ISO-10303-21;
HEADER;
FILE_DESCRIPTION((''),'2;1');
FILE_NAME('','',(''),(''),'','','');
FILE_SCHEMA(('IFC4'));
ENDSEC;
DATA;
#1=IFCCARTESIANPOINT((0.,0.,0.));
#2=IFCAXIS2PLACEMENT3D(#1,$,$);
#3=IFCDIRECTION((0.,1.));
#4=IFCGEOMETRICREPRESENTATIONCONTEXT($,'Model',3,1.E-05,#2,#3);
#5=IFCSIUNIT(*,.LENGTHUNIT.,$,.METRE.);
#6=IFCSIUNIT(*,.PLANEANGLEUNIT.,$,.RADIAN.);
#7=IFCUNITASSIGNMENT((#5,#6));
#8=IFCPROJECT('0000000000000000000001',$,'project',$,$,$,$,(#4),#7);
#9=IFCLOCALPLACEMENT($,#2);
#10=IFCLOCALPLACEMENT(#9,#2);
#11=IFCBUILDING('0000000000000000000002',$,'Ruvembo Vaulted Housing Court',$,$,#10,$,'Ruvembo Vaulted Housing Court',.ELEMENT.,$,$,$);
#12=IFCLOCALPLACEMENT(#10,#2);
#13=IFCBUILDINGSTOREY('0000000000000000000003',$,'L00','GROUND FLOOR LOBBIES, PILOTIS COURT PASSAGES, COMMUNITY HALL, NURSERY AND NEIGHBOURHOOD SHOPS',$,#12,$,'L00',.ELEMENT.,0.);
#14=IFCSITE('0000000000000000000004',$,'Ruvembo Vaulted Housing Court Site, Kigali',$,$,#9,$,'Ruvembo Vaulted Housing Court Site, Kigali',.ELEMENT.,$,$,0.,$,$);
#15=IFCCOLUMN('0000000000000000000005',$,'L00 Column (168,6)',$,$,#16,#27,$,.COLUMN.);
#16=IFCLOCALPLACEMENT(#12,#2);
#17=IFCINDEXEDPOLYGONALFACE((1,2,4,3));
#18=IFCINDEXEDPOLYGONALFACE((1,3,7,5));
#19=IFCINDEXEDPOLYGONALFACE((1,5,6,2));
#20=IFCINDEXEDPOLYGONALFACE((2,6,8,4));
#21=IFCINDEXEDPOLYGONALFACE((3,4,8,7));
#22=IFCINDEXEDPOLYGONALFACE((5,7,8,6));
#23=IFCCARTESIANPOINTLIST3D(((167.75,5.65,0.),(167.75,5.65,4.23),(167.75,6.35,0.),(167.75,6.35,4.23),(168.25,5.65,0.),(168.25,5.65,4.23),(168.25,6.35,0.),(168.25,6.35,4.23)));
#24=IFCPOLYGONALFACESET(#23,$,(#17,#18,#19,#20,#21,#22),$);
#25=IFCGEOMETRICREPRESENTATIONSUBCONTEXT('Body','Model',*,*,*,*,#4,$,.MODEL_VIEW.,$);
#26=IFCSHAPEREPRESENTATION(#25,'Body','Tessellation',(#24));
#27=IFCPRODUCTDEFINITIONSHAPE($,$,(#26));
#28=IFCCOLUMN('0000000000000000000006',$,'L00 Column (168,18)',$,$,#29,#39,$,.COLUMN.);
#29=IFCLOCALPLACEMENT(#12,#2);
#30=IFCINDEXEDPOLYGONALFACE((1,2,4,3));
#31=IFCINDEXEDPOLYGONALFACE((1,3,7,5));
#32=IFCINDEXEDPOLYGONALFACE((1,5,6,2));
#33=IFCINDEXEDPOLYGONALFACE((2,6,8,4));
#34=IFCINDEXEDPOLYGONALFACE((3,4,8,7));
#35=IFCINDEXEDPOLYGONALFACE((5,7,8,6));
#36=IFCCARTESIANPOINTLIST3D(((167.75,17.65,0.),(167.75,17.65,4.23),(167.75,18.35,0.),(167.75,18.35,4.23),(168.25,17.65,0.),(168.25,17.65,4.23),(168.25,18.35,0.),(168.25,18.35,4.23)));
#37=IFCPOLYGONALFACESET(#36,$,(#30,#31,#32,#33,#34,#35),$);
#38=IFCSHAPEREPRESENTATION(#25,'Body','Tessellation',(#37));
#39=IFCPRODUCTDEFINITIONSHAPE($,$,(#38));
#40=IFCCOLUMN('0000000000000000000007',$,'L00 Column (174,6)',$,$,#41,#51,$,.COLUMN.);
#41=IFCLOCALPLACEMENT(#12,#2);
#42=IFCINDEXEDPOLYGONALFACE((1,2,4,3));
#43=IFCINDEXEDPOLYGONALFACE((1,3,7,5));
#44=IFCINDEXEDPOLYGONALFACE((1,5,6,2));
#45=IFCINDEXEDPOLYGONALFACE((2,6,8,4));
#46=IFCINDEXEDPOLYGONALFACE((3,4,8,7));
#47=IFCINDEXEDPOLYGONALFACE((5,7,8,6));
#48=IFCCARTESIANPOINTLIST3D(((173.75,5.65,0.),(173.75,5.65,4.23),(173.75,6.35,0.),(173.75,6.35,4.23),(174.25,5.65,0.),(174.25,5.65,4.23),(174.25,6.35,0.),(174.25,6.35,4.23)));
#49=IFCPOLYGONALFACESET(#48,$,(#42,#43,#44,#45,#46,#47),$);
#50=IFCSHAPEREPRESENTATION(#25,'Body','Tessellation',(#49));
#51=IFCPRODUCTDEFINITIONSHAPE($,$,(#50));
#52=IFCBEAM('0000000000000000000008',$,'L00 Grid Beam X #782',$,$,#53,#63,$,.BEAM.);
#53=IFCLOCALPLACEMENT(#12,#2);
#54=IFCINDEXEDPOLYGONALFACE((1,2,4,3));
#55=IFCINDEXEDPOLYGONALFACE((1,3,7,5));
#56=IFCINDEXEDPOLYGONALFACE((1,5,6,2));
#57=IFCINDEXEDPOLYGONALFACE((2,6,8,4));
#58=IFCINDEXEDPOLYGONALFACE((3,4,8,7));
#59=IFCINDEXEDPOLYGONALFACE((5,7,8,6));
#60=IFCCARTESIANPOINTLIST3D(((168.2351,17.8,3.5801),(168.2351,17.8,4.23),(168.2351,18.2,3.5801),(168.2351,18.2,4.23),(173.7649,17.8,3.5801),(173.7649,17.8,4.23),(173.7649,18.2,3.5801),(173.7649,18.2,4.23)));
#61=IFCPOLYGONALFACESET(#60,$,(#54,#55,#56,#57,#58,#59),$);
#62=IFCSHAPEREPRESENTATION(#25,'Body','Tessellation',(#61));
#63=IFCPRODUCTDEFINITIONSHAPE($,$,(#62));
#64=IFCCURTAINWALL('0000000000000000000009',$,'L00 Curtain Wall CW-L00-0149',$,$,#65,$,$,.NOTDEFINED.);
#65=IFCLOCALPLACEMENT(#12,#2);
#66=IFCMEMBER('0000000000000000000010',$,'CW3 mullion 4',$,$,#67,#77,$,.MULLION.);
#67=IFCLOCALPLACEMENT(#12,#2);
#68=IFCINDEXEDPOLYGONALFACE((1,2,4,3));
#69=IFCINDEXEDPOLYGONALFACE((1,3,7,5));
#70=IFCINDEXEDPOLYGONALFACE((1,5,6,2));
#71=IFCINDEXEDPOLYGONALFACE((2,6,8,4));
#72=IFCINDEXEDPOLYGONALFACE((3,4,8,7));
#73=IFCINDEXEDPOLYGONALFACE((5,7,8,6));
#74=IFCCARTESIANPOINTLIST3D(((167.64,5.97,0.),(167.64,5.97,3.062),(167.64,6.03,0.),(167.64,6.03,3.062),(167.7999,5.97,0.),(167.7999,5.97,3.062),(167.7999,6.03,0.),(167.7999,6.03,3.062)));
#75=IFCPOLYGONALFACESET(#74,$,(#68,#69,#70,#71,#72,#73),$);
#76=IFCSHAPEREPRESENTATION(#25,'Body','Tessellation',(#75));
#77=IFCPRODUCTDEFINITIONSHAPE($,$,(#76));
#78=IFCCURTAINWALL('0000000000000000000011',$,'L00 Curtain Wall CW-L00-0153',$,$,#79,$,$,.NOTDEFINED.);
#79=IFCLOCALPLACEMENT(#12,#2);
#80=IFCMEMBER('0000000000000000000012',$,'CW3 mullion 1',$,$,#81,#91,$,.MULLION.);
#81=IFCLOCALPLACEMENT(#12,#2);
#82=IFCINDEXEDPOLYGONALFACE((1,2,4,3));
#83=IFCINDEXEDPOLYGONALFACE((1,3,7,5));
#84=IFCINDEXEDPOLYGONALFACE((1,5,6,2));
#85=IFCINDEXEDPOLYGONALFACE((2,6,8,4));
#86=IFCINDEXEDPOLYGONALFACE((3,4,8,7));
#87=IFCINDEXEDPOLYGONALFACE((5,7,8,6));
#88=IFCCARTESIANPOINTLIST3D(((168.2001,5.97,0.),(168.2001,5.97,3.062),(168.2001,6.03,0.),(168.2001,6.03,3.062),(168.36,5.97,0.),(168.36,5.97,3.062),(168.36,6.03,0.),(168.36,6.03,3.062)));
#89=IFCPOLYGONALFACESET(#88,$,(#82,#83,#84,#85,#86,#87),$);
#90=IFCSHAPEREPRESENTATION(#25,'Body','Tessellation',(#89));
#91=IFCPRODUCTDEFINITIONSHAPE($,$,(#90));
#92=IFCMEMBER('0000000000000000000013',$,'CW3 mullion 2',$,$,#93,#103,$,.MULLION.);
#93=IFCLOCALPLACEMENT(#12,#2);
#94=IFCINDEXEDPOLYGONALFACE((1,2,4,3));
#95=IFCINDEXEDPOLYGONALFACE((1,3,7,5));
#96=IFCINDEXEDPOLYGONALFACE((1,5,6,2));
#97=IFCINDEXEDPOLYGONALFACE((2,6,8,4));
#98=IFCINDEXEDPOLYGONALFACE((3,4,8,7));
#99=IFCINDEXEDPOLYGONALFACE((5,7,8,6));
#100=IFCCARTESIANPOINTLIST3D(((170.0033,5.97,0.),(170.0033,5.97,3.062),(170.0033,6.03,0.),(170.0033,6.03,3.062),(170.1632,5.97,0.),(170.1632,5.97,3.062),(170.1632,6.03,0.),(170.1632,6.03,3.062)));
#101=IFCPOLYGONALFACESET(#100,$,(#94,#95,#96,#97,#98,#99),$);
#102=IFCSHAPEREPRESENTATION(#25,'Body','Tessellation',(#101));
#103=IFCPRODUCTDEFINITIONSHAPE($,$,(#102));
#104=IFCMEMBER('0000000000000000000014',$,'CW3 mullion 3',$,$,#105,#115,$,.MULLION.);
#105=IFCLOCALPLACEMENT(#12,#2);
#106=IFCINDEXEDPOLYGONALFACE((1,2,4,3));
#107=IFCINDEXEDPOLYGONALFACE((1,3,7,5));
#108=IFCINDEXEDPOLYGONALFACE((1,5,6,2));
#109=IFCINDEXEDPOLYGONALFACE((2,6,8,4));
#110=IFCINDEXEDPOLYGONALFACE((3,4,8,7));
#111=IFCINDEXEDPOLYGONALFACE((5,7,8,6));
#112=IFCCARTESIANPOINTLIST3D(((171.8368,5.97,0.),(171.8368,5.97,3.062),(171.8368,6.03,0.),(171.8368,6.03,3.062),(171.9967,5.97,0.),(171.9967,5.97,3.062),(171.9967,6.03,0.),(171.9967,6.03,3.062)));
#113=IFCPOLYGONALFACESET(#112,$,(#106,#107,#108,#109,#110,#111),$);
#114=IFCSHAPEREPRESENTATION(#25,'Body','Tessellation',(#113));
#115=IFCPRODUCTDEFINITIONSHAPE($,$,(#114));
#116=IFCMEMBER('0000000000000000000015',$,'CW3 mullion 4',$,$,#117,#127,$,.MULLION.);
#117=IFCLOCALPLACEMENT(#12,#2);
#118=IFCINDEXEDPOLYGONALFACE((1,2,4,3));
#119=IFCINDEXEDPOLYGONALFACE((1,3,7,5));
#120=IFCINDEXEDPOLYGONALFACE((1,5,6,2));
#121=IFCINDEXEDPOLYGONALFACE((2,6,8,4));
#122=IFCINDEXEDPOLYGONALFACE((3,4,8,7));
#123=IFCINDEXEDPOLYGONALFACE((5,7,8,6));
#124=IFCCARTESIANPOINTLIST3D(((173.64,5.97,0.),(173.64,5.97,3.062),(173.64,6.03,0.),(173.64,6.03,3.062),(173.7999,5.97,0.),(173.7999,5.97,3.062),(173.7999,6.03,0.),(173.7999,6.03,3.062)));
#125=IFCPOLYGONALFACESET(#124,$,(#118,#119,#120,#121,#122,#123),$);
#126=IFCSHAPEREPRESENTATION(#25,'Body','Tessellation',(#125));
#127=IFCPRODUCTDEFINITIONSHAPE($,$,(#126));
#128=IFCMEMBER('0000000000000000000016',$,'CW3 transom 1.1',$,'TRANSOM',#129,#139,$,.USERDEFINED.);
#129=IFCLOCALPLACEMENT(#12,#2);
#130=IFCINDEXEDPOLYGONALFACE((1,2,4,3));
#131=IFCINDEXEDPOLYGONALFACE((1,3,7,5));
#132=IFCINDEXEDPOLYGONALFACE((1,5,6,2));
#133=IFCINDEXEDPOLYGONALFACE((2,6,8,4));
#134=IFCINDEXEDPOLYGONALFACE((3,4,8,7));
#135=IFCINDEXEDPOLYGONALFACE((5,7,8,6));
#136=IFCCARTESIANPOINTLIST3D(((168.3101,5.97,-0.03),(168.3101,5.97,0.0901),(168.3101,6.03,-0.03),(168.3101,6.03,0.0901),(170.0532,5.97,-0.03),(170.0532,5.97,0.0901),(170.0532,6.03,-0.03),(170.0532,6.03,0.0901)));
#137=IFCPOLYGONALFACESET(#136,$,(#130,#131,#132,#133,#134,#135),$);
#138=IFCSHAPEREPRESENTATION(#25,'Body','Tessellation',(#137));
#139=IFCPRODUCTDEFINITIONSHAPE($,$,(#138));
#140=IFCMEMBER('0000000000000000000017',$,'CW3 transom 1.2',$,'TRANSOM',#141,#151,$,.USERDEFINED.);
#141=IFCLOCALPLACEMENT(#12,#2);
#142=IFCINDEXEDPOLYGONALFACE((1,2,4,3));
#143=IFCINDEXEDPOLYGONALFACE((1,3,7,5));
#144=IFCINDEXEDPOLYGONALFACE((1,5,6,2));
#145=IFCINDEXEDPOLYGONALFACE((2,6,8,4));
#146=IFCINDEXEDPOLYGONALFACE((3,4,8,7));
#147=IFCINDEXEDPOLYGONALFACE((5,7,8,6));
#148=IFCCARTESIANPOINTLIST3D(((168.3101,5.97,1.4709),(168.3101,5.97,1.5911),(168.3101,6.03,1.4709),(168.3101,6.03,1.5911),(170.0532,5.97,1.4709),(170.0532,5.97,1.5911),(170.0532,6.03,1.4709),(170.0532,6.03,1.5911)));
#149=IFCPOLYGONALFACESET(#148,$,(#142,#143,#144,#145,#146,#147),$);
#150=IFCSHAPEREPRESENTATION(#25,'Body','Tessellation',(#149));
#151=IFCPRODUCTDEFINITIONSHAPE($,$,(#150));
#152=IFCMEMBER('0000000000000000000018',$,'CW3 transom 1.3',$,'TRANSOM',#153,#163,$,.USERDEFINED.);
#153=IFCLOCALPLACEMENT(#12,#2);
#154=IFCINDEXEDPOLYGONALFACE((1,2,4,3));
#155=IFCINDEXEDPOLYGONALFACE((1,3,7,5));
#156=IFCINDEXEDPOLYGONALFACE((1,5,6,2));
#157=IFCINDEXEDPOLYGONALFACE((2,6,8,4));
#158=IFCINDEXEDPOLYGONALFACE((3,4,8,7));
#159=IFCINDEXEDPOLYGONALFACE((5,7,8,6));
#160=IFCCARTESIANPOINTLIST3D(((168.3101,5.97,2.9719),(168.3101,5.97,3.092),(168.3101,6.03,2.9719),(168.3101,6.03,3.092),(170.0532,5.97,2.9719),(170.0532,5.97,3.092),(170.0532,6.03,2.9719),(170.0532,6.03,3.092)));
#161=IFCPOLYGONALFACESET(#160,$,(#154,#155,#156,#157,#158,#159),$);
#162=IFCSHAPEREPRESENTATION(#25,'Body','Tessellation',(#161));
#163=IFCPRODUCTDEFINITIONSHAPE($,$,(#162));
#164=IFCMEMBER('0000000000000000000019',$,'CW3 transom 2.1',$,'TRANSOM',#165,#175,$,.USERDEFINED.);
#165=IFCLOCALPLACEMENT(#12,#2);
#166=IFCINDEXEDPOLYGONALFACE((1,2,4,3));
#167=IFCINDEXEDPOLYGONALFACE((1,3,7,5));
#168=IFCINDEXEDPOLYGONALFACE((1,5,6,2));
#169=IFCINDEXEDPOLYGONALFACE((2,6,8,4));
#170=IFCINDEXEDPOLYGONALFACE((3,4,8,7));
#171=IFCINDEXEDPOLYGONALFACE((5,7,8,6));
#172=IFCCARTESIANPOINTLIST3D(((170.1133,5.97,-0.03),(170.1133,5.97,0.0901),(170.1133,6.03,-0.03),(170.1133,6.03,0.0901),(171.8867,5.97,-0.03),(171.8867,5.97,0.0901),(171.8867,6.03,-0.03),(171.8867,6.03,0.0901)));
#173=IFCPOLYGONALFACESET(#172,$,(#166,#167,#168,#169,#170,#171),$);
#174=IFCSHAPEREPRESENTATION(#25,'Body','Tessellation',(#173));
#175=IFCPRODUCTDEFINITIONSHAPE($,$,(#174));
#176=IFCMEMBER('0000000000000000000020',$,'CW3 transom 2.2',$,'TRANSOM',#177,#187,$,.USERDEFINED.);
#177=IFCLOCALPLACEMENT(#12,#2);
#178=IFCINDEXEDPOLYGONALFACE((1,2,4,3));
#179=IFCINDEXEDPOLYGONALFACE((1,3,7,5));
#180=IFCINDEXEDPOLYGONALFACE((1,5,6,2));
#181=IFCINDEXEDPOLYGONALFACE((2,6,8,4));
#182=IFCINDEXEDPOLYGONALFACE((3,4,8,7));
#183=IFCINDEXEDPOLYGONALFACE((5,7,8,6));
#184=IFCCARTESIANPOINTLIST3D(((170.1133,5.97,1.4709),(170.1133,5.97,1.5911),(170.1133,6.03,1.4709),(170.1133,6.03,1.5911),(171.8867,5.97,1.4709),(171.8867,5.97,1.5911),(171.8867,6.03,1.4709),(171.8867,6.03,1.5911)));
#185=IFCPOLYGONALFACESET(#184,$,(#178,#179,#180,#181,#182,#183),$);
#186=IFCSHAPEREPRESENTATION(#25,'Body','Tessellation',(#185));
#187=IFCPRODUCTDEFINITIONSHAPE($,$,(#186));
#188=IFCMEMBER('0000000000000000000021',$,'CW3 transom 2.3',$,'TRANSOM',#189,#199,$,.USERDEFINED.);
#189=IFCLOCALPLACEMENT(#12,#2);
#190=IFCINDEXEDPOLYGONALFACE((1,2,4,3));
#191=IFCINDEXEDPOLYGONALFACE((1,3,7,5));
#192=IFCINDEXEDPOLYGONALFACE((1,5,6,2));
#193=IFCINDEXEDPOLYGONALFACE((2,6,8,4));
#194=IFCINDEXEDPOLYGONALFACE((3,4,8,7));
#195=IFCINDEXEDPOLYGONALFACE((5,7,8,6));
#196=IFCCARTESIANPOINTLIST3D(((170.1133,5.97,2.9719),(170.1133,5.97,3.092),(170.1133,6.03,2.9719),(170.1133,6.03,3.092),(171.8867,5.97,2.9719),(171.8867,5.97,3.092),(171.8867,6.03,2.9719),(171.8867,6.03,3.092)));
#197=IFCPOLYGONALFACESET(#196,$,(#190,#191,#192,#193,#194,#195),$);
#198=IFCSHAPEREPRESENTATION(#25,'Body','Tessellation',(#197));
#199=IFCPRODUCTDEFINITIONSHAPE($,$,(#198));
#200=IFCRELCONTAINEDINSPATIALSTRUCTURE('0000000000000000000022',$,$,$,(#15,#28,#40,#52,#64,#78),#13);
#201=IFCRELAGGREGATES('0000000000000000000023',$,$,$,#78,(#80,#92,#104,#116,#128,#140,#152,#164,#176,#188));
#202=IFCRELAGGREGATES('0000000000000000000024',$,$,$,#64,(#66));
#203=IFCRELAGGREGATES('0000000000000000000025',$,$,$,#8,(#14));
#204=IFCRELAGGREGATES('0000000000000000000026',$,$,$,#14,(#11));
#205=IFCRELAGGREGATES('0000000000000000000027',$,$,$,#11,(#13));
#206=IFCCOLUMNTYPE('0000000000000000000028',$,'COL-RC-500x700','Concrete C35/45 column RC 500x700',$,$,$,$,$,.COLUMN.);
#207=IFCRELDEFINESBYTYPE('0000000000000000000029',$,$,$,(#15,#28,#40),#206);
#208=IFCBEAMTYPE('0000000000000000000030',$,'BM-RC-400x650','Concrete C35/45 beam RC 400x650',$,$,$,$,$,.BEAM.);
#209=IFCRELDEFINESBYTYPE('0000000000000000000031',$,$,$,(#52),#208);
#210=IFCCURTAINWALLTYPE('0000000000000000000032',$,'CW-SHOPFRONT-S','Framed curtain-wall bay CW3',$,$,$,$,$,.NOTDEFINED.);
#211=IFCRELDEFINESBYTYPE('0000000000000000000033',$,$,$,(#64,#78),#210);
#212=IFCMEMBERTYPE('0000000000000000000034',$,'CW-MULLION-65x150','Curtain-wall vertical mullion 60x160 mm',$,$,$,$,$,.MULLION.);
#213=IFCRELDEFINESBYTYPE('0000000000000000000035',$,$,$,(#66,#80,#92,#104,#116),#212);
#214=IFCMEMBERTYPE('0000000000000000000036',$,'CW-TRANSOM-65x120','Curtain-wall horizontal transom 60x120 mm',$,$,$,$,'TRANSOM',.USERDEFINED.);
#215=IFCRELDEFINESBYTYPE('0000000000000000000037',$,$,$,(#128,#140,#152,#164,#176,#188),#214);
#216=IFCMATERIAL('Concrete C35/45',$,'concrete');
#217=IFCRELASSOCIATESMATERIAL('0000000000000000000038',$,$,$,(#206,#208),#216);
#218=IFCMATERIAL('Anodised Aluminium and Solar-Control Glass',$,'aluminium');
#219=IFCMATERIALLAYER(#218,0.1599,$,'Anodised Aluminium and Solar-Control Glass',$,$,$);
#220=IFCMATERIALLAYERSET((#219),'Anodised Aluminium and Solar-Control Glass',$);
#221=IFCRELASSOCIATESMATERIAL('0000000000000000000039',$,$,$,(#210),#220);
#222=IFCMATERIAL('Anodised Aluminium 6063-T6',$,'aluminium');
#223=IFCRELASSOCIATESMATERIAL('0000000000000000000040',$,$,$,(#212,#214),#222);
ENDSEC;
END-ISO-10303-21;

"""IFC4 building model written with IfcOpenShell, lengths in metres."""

from ifc_helpers import new_model, si_unit, direction, frame, origin, origin_2d, place, context, subcontext, project, spatial, rectangle, extrude, material, layer, layer_set, material_profile, profile_set, type_object, element, aggregate, save


model = new_model("IFC4")

# Units and contexts
model_context = context("Model", 3, precision=1e-05, world=origin(), true_north=direction((0.0, 1.0)))
body_context = subcontext(model_context, "Body", "Model", "MODEL_VIEW")
ifc_project = project(units=[si_unit("LENGTHUNIT", "METRE"), si_unit("PLANEANGLEUNIT", "RADIAN")], contexts=[model_context])

# Site, building, storey
site_placement = place(None, origin())
site = spatial("IfcSite", under=ifc_project, at=site_placement, Name="Ruvembo Vaulted Housing Court Site, Kigali", LongName="Ruvembo Vaulted Housing Court Site, Kigali", CompositionType="ELEMENT", RefElevation=0.0)
building_placement = place(site_placement, origin())
building = spatial("IfcBuilding", under=site, at=building_placement, Name="Ruvembo Vaulted Housing Court", LongName="Ruvembo Vaulted Housing Court", CompositionType="ELEMENT")
storey_placement = place(building_placement, origin())
storey = spatial("IfcBuildingStorey", under=building, at=storey_placement, Name="L00", Description="GROUND FLOOR LOBBIES, PILOTIS COURT PASSAGES, COMMUNITY HALL, NURSERY AND NEIGHBOURHOOD SHOPS", LongName="L00", CompositionType="ELEMENT", Elevation=0.0)

# Columns
ifc_material_1 = material(Name="Concrete C35/45", Category="concrete")
ifc_material_profile_1 = material_profile(ifc_material_1, rectangle(XDim=0.5, YDim=0.7, at=origin_2d()), Name="RC 500x700")
ifc_profile_set_1 = profile_set([ifc_material_profile_1], Name="Concrete C35/45")
column_type = type_object("IfcColumnType", Name="COL-RC-500x700", Description="Concrete C35/45 column RC 500x700", PredefinedType="COLUMN", material=ifc_profile_set_1)
for number, where, z_axis, x_axis, name in (
    (1, (168.0, 6.0, 0.0), (0.0, 0.0, 1.0), (1.0, 0.0, 0.0), "L00 Column (168,6)"),
    (2, (168.0, 18.0, 0.0), (0.0, 0.0, 1.0), (1.0, 0.0, 0.0), "L00 Column (168,18)"),
    (3, (174.0, 6.0, 0.0), (0.0, 0.0, 1.0), (1.0, 0.0, 0.0), "L00 Column (174,6)"),
):
    element("IfcColumn", number, at=place(storey_placement, frame(where, z_axis=z_axis, x_axis=x_axis)), inside=storey, type_object=column_type, Name=name, PredefinedType="COLUMN", context=body_context, shape_type="SweptSolid", body=[
        extrude(rectangle(XDim=0.5, YDim=0.7, at=origin_2d()), origin(), (0.0, 0.0, 1.0), 4.23),
    ])

# Beam
ifc_material_profile_2 = material_profile(ifc_material_1, rectangle(XDim=0.3999, YDim=0.6499, at=origin_2d()), Name="RC 400x650")
ifc_profile_set_2 = profile_set([ifc_material_profile_2], Name="Concrete C35/45")
beam_type_1 = type_object("IfcBeamType", Name="BM-RC-400x650", Description="Concrete C35/45 beam RC 400x650", PredefinedType="BEAM", material=ifc_profile_set_2)
beam_1_placement = place(storey_placement, frame((168.2351, 18.0, 3.905), z_axis=(1.0, 0.0, 0.0), x_axis=(0.0, 1.0, 0.0)))
element("IfcBeam", 4, at=beam_1_placement, inside=storey, type_object=beam_type_1, Name="L00 Grid Beam X #782", PredefinedType="BEAM", context=body_context, shape_type="SweptSolid", body=[
    extrude(rectangle(XDim=0.3999, YDim=0.6499, at=origin_2d()), origin(), (0.0, 0.0, 1.0), 5.5298),
])

# Curtain wall, member
ifc_material_2 = material(Name="Anodised Aluminium and Solar-Control Glass", Category="aluminium")
ifc_layer_1 = layer(ifc_material_2, 0.1599, Name="Anodised Aluminium and Solar-Control Glass")
ifc_layer_set_1 = layer_set([ifc_layer_1], Name="Anodised Aluminium and Solar-Control Glass")
curtain_wall_type = type_object("IfcCurtainWallType", Name="CW-SHOPFRONT-S", Description="Framed curtain-wall bay CW3", PredefinedType="NOTDEFINED", material=ifc_layer_set_1)
curtain_wall_1_placement = place(storey_placement, origin())
curtain_wall_1 = element("IfcCurtainWall", 5, at=curtain_wall_1_placement, inside=storey, type_object=curtain_wall_type, Name="L00 Curtain Wall CW-L00-0149", PredefinedType="NOTDEFINED")
ifc_material_3 = material(Name="Anodised Aluminium 6063-T6", Category="aluminium")
ifc_material_profile_3 = material_profile(ifc_material_3, rectangle(XDim=0.0601, YDim=0.1599, at=origin_2d()), Name="ALU 60x160")
ifc_profile_set_3 = profile_set([ifc_material_profile_3], Name="Anodised Aluminium 6063-T6")
member_type_1 = type_object("IfcMemberType", Name="CW-MULLION-65x150", Description="Curtain-wall vertical mullion 60x160 mm", PredefinedType="MULLION", material=ifc_profile_set_3)
member_1_placement = place(storey_placement, frame((167.72, 6.0, 0.0), z_axis=(0.0, 0.0, 1.0), x_axis=(0.0, 1.0, 0.0)))
member_1 = element("IfcMember", 6, at=member_1_placement, type_object=member_type_1, Name="CW3 mullion 4", PredefinedType="MULLION", context=body_context, shape_type="SweptSolid", body=[
    extrude(rectangle(XDim=0.0601, YDim=0.1599, at=origin_2d()), origin(), (0.0, 0.0, 1.0), 3.062),
])

# Curtain wall, members
curtain_wall_2_placement = place(storey_placement, origin())
curtain_wall_2 = element("IfcCurtainWall", 7, at=curtain_wall_2_placement, inside=storey, type_object=curtain_wall_type, Name="L00 Curtain Wall CW-L00-0153", PredefinedType="NOTDEFINED")
member_2_placement = place(storey_placement, frame((168.28, 6.0, 0.0), z_axis=(0.0, 0.0, 1.0), x_axis=(0.0, 1.0, 0.0)))
member_2 = element("IfcMember", 8, at=member_2_placement, type_object=member_type_1, Name="CW3 mullion 1", PredefinedType="MULLION", context=body_context, shape_type="SweptSolid", body=[
    extrude(rectangle(XDim=0.0601, YDim=0.1599, at=origin_2d()), origin(), (0.0, 0.0, 1.0), 3.062),
])
member_3_placement = place(storey_placement, frame((170.0833, 6.0, 0.0), z_axis=(0.0, 0.0, 1.0), x_axis=(0.0, 1.0, 0.0)))
member_3 = element("IfcMember", 9, at=member_3_placement, type_object=member_type_1, Name="CW3 mullion 2", PredefinedType="MULLION", context=body_context, shape_type="SweptSolid", body=[
    extrude(rectangle(XDim=0.0601, YDim=0.1599, at=origin_2d()), origin(), (0.0, 0.0, 1.0), 3.062),
])
member_4_placement = place(storey_placement, frame((171.9167, 6.0, 0.0), z_axis=(0.0, 0.0, 1.0), x_axis=(0.0, 1.0, 0.0)))
member_4 = element("IfcMember", 10, at=member_4_placement, type_object=member_type_1, Name="CW3 mullion 3", PredefinedType="MULLION", context=body_context, shape_type="SweptSolid", body=[
    extrude(rectangle(XDim=0.0601, YDim=0.1599, at=origin_2d()), origin(), (0.0, 0.0, 1.0), 3.062),
])
member_5_placement = place(storey_placement, frame((173.72, 6.0, 0.0), z_axis=(0.0, 0.0, 1.0), x_axis=(0.0, 1.0, 0.0)))
member_5 = element("IfcMember", 11, at=member_5_placement, type_object=member_type_1, Name="CW3 mullion 4", PredefinedType="MULLION", context=body_context, shape_type="SweptSolid", body=[
    extrude(rectangle(XDim=0.0601, YDim=0.1599, at=origin_2d()), origin(), (0.0, 0.0, 1.0), 3.062),
])
ifc_material_profile_4 = material_profile(ifc_material_3, rectangle(XDim=0.0601, YDim=0.1201, at=origin_2d()), Name="ALU 60x120")
ifc_profile_set_4 = profile_set([ifc_material_profile_4], Name="Anodised Aluminium 6063-T6")
member_type_2 = type_object("IfcMemberType", Name="CW-TRANSOM-65x120", Description="Curtain-wall horizontal transom 60x120 mm", ElementType="TRANSOM", PredefinedType="USERDEFINED", material=ifc_profile_set_4)
member_6_placement = place(storey_placement, frame((168.3101, 6.0, 0.03), z_axis=(1.0, 0.0, 0.0), x_axis=(0.0, 1.0, 0.0)))
member_6 = element("IfcMember", 12, at=member_6_placement, type_object=member_type_2, Name="CW3 transom 1.1", ObjectType="TRANSOM", PredefinedType="USERDEFINED", context=body_context, shape_type="SweptSolid", body=[
    extrude(rectangle(XDim=0.0601, YDim=0.1201, at=origin_2d()), origin(), (0.0, 0.0, 1.0), 1.7432),
])
member_7_placement = place(storey_placement, frame((168.3101, 6.0, 1.531), z_axis=(1.0, 0.0, 0.0), x_axis=(0.0, 1.0, 0.0)))
member_7 = element("IfcMember", 13, at=member_7_placement, type_object=member_type_2, Name="CW3 transom 1.2", ObjectType="TRANSOM", PredefinedType="USERDEFINED", context=body_context, shape_type="SweptSolid", body=[
    extrude(rectangle(XDim=0.0601, YDim=0.1201, at=origin_2d()), origin(), (0.0, 0.0, 1.0), 1.7432),
])
member_8_placement = place(storey_placement, frame((168.3101, 6.0, 3.032), z_axis=(1.0, 0.0, 0.0), x_axis=(0.0, 1.0, 0.0)))
member_8 = element("IfcMember", 14, at=member_8_placement, type_object=member_type_2, Name="CW3 transom 1.3", ObjectType="TRANSOM", PredefinedType="USERDEFINED", context=body_context, shape_type="SweptSolid", body=[
    extrude(rectangle(XDim=0.0601, YDim=0.1201, at=origin_2d()), origin(), (0.0, 0.0, 1.0), 1.7432),
])
member_9_placement = place(storey_placement, frame((170.1133, 6.0, 0.03), z_axis=(1.0, 0.0, 0.0), x_axis=(0.0, 1.0, 0.0)))
member_9 = element("IfcMember", 15, at=member_9_placement, type_object=member_type_2, Name="CW3 transom 2.1", ObjectType="TRANSOM", PredefinedType="USERDEFINED", context=body_context, shape_type="SweptSolid", body=[
    extrude(rectangle(XDim=0.0601, YDim=0.1201, at=origin_2d()), origin(), (0.0, 0.0, 1.0), 1.7734),
])
member_10_placement = place(storey_placement, frame((170.1133, 6.0, 1.531), z_axis=(1.0, 0.0, 0.0), x_axis=(0.0, 1.0, 0.0)))
member_10 = element("IfcMember", 16, at=member_10_placement, type_object=member_type_2, Name="CW3 transom 2.2", ObjectType="TRANSOM", PredefinedType="USERDEFINED", context=body_context, shape_type="SweptSolid", body=[
    extrude(rectangle(XDim=0.0601, YDim=0.1201, at=origin_2d()), origin(), (0.0, 0.0, 1.0), 1.7734),
])
member_11_placement = place(storey_placement, frame((170.1133, 6.0, 3.032), z_axis=(1.0, 0.0, 0.0), x_axis=(0.0, 1.0, 0.0)))
member_11 = element("IfcMember", 17, at=member_11_placement, type_object=member_type_2, Name="CW3 transom 2.3", ObjectType="TRANSOM", PredefinedType="USERDEFINED", context=body_context, shape_type="SweptSolid", body=[
    extrude(rectangle(XDim=0.0601, YDim=0.1201, at=origin_2d()), origin(), (0.0, 0.0, 1.0), 1.7734),
])

aggregate(curtain_wall_2, [member_2, member_3, member_4, member_5, member_6, member_7, member_8, member_9, member_10, member_11])
aggregate(curtain_wall_1, [member_1])

save(model, "model.ifc")
